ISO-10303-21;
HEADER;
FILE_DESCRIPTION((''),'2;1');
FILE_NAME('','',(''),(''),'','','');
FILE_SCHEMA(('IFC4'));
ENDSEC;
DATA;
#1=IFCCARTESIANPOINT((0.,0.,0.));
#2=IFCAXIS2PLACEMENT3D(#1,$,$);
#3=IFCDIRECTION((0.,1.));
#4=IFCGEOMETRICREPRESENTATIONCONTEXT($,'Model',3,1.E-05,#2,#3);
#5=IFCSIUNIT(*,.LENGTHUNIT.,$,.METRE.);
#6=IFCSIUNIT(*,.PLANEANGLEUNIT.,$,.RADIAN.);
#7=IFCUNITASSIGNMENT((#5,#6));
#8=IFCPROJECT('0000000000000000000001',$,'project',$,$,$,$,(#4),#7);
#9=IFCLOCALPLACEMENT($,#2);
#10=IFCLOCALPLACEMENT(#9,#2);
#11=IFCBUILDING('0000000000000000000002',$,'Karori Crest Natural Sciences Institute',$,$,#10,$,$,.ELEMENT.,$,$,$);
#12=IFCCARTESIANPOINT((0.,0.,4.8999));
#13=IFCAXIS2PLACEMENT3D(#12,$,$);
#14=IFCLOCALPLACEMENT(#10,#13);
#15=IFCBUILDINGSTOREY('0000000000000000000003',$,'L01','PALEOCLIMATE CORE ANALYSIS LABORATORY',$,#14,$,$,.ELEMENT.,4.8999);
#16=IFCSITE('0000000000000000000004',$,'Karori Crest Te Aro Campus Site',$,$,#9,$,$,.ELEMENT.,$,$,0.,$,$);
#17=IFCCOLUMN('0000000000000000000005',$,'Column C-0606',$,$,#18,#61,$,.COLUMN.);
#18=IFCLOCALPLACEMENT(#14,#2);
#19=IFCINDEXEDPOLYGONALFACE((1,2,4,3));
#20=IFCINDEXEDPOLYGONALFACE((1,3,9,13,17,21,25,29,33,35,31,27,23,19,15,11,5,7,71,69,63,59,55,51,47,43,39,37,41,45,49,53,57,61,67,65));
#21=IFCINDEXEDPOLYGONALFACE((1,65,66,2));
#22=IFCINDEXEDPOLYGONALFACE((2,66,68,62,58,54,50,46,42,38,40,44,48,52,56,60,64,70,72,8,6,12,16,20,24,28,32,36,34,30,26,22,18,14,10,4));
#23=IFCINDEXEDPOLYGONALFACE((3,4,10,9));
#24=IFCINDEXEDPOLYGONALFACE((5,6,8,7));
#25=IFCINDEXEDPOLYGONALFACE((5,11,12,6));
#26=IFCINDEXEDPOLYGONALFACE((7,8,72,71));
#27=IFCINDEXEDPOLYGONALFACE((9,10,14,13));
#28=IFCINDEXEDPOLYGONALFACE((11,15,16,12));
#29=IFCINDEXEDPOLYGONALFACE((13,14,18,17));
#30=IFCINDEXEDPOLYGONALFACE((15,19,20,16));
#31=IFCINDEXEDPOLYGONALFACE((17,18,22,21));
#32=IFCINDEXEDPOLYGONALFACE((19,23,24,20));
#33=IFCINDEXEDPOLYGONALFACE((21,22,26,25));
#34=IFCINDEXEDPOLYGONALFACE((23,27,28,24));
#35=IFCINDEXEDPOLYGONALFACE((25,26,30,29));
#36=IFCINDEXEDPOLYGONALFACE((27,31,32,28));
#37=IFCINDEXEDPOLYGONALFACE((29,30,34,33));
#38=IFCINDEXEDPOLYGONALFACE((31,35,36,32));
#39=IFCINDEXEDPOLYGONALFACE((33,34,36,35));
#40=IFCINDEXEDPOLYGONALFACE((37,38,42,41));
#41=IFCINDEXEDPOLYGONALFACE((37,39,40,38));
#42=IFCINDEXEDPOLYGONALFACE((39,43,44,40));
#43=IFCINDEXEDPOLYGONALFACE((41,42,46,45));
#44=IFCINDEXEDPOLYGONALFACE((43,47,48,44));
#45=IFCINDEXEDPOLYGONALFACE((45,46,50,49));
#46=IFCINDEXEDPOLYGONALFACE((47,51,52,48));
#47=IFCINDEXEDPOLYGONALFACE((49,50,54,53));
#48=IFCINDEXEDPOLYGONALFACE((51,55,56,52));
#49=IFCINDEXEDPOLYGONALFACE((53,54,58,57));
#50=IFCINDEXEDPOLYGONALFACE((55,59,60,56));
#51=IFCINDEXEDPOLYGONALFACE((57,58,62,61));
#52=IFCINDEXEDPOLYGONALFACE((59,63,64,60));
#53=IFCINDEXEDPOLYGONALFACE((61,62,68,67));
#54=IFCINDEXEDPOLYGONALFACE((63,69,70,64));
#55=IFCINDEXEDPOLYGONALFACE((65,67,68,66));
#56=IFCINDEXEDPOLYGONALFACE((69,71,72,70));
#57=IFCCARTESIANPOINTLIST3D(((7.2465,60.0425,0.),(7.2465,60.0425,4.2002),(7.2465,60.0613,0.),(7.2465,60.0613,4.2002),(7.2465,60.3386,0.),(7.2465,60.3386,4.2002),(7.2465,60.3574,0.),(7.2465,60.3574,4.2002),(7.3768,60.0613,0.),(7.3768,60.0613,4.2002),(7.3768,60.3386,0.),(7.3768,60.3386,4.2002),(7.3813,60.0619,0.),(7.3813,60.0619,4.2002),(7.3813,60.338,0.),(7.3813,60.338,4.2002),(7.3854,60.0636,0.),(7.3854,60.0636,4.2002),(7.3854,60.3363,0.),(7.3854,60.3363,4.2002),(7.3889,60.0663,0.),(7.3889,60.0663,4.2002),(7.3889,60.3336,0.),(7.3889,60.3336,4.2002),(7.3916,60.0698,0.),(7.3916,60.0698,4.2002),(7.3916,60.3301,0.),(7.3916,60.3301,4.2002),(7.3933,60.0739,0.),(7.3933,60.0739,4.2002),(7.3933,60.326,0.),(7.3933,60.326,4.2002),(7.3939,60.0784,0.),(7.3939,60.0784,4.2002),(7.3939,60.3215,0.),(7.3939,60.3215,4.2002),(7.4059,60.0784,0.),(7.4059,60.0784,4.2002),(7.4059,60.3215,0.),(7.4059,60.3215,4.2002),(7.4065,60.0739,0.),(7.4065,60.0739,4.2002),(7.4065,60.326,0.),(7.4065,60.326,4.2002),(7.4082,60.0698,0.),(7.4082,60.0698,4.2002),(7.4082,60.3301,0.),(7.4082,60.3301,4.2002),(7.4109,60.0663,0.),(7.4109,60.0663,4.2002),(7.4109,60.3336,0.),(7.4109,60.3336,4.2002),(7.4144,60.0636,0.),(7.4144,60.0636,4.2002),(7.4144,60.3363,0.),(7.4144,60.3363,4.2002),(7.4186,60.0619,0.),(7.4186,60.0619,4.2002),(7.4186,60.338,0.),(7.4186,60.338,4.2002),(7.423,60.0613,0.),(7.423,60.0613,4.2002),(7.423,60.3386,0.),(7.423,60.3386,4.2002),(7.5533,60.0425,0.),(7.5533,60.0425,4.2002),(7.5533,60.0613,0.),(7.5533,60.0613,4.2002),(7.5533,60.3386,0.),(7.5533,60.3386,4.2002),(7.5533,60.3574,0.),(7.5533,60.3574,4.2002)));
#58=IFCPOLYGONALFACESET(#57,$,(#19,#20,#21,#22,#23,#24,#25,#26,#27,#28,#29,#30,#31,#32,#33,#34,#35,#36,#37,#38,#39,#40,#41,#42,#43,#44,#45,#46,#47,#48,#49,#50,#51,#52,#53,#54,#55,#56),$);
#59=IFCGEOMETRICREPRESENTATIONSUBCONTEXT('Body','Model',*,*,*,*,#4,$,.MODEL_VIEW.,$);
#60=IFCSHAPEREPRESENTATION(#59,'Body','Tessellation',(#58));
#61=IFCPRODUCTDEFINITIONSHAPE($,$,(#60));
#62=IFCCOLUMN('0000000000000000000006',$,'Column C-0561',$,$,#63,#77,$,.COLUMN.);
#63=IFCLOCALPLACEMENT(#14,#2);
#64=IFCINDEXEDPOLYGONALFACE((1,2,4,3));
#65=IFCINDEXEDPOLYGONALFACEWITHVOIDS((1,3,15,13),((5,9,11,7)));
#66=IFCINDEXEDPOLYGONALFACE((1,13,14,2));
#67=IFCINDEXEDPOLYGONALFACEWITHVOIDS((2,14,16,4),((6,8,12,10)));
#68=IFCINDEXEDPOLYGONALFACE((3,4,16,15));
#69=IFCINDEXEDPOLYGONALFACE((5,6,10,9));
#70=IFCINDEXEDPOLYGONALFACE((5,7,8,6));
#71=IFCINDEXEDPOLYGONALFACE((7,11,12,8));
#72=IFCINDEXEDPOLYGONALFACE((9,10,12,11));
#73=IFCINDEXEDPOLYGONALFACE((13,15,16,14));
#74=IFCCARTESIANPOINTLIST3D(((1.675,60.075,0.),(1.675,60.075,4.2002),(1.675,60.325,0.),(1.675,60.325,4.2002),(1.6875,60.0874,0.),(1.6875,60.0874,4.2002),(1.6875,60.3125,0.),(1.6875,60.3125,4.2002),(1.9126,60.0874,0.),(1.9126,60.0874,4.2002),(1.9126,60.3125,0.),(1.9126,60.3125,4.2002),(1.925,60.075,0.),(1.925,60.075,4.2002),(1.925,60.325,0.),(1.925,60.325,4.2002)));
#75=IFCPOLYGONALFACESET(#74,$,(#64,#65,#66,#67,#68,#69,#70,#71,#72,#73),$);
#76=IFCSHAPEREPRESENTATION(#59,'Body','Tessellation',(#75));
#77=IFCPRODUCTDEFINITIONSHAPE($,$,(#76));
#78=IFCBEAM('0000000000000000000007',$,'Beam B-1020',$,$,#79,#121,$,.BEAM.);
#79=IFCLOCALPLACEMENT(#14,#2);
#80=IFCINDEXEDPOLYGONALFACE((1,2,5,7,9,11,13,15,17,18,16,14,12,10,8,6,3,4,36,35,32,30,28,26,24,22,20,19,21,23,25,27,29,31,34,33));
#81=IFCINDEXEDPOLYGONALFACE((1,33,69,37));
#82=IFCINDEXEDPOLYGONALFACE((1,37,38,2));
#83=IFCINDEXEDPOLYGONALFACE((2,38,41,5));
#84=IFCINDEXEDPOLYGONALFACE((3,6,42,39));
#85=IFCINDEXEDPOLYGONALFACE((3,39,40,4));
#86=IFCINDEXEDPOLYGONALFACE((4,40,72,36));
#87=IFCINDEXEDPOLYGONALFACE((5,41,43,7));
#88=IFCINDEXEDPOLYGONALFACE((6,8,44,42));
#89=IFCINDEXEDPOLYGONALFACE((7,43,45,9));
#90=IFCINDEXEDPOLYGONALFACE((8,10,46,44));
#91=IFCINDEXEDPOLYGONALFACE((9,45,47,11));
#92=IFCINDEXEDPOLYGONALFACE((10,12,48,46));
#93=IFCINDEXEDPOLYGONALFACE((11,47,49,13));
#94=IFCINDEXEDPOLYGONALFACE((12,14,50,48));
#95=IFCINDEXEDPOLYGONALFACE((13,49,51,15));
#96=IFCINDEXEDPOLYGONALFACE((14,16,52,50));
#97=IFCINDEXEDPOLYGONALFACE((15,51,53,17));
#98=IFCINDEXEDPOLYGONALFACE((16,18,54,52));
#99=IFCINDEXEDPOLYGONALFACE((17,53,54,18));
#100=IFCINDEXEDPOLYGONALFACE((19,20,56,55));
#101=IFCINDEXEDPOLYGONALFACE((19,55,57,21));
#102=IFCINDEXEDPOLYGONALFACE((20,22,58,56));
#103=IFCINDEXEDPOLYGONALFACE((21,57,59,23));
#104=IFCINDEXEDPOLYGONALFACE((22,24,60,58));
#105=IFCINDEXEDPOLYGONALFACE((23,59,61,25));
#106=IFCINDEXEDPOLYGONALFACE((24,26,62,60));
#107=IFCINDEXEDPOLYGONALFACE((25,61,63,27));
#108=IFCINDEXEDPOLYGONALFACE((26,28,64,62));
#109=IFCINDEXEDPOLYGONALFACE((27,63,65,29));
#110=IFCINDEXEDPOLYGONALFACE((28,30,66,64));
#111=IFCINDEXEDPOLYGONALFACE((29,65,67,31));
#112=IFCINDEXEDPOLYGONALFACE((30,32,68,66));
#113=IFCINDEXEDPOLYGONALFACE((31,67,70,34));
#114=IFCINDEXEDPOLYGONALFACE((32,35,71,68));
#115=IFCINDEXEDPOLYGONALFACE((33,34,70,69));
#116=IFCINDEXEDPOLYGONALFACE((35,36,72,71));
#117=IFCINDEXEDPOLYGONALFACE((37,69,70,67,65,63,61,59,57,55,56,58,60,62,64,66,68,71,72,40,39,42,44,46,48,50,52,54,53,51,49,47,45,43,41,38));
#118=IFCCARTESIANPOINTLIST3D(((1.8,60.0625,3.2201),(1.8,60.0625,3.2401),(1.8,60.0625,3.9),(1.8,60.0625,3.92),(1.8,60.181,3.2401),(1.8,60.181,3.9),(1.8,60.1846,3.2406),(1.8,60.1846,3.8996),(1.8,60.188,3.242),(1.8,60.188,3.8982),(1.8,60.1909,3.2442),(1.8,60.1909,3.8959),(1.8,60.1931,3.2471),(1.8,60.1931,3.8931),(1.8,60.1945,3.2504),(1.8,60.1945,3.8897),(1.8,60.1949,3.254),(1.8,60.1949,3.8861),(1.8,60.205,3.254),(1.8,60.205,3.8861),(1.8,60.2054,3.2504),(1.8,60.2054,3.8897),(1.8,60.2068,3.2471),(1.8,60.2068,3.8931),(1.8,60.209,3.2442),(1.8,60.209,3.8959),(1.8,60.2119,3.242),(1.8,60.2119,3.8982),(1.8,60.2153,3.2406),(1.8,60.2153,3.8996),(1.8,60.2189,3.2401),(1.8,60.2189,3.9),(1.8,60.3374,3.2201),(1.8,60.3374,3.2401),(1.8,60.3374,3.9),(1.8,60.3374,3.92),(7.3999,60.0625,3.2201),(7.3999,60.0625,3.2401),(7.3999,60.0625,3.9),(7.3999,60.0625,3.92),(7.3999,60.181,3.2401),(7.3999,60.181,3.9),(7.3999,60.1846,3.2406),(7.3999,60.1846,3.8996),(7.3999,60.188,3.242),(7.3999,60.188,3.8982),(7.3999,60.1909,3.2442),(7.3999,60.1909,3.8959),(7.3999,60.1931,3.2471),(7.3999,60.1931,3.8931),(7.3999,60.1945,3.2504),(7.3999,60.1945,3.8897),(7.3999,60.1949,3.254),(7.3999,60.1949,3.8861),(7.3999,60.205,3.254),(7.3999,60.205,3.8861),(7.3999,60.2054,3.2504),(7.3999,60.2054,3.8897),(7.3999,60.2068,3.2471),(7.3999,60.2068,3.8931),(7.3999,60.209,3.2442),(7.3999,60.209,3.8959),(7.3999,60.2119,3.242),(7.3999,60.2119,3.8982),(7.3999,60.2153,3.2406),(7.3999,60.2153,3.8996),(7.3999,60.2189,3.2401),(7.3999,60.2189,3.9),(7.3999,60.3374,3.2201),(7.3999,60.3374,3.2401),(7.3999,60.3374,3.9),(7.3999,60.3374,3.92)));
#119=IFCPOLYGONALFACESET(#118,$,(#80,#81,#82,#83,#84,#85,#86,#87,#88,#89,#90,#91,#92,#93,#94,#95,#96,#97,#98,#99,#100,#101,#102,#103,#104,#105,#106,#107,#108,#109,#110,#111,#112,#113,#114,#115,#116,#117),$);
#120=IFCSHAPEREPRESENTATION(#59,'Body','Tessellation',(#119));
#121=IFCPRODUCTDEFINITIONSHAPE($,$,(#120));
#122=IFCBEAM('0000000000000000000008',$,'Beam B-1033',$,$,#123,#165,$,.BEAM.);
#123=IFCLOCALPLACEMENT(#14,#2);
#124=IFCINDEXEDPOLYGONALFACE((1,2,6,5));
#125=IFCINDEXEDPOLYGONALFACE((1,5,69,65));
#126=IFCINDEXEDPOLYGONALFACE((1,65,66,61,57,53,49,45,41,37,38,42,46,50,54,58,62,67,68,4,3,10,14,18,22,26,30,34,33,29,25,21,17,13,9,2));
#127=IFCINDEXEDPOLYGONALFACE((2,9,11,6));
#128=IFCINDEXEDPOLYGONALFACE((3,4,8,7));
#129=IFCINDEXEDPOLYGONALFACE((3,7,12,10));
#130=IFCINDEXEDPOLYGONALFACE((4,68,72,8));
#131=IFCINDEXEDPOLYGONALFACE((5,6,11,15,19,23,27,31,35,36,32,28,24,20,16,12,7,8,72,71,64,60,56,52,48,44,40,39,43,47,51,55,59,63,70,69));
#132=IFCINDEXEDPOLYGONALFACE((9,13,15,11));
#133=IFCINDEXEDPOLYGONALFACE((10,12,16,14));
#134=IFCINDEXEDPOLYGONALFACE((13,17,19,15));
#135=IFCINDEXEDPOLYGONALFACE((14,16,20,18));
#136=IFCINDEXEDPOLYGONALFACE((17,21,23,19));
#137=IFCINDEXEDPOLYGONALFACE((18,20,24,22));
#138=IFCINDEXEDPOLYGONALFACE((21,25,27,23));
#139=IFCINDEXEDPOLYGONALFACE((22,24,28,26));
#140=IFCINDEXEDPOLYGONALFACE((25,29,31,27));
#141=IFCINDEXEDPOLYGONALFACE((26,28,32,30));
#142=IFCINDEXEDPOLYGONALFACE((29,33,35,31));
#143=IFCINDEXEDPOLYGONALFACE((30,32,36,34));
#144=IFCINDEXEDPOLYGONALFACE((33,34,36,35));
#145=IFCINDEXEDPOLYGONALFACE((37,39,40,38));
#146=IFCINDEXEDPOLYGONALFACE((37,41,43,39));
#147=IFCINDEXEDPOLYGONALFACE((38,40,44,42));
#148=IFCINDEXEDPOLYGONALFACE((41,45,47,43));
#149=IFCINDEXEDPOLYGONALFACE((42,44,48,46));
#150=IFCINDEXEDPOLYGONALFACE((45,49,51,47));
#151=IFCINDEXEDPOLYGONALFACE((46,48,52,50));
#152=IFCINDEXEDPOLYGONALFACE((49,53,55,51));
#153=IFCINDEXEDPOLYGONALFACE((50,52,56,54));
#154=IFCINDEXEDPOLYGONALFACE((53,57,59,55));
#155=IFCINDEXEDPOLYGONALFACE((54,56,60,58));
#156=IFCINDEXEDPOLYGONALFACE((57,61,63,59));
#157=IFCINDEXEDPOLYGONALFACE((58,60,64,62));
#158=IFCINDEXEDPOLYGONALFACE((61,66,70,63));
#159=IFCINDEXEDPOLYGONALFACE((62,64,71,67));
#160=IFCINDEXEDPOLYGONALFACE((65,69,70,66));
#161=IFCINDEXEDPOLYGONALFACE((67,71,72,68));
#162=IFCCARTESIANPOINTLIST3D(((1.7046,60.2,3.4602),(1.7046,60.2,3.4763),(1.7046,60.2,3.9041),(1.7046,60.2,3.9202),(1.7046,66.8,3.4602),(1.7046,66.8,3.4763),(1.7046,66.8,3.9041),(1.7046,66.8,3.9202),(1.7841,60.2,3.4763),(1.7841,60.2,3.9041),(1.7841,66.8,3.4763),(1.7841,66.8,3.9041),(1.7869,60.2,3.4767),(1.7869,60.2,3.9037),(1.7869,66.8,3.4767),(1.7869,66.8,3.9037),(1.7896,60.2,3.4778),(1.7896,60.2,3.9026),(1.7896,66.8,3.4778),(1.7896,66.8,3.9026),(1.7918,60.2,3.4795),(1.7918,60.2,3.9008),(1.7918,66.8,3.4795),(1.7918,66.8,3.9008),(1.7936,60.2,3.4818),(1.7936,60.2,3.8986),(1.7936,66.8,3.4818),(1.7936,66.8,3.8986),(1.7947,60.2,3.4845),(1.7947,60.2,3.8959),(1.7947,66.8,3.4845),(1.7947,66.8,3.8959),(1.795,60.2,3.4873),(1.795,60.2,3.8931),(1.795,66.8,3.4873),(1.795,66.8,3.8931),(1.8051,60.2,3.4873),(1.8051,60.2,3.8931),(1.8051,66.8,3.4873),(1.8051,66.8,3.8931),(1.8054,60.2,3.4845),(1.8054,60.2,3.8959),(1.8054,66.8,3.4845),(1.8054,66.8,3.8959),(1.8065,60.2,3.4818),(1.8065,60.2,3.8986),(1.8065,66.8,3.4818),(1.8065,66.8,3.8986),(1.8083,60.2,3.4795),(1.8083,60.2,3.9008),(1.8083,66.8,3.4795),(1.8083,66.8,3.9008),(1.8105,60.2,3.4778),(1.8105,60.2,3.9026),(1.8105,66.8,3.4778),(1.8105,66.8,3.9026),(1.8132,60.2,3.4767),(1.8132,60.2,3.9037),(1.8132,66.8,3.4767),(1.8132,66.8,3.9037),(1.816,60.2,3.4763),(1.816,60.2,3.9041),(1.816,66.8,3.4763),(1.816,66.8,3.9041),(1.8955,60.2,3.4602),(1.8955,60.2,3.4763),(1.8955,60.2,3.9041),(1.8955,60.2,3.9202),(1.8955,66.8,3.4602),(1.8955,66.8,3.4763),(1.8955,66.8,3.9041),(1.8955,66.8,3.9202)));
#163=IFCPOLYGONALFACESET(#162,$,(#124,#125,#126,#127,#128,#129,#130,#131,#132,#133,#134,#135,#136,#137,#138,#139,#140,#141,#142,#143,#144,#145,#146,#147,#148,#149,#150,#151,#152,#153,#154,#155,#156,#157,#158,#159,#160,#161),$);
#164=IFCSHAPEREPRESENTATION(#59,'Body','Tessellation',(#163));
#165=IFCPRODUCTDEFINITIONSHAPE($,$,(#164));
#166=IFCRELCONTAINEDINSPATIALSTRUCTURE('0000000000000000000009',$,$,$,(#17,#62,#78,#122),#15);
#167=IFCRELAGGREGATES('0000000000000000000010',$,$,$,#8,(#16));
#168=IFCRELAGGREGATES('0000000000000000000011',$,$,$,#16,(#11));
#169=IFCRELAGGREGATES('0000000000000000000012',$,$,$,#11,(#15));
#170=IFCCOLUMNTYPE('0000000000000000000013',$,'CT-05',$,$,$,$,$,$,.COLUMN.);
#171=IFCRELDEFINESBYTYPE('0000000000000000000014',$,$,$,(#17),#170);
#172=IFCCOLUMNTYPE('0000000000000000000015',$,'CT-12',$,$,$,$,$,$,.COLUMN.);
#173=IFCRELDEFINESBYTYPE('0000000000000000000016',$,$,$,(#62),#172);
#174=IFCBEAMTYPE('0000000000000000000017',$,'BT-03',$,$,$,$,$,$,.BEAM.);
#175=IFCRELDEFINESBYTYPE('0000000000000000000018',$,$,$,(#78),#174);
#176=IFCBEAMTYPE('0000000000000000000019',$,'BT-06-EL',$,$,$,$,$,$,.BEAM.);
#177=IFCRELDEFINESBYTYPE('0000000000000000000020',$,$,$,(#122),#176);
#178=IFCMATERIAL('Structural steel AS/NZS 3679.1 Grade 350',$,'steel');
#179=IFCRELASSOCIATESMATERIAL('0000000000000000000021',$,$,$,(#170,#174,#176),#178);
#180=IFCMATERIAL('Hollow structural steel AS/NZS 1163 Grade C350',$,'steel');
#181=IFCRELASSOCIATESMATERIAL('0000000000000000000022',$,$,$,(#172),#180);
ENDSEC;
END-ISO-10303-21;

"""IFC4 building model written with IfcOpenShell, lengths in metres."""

from ifc_helpers import new_model, si_unit, direction, frame, origin, origin_2d, place, context, subcontext, project, spatial, hollow_rectangle, i_section, extrude, material, material_profile, profile_set, type_object, element, save


model = new_model("IFC4")

# Units and contexts
model_context = context("Model", 3, precision=1e-05, world=origin(), true_north=direction((0.0, 1.0)))
body_context = subcontext(model_context, "Body", "Model", "MODEL_VIEW")
ifc_project = project(units=[si_unit("LENGTHUNIT", "METRE"), si_unit("PLANEANGLEUNIT", "RADIAN")], contexts=[model_context])

# Site, building, storey
site_placement = place(None, origin())
site = spatial("IfcSite", under=ifc_project, at=site_placement, Name="Karori Crest Te Aro Campus Site", CompositionType="ELEMENT", RefElevation=0.0)
building_placement = place(site_placement, origin())
building = spatial("IfcBuilding", under=site, at=building_placement, Name="Karori Crest Natural Sciences Institute", CompositionType="ELEMENT")
storey_placement = place(building_placement, frame((0.0, 0.0, 4.8999)))
storey = spatial("IfcBuildingStorey", under=building, at=storey_placement, Name="L01", Description="PALEOCLIMATE CORE ANALYSIS LABORATORY", CompositionType="ELEMENT", Elevation=4.8999)

# Columns
ifc_material_1 = material(Name="Structural steel AS/NZS 3679.1 Grade 350", Category="steel")
ifc_material_profile_1 = material_profile(ifc_material_1, i_section(OverallWidth=0.3069, OverallDepth=0.3149, WebThickness=0.012, FlangeThickness=0.0188, FilletRadius=0.0171, at=origin_2d()), Name="310UC118")
ifc_profile_set_1 = profile_set([ifc_material_profile_1], Name="Structural steel AS/NZS 3679.1 Grade 350")
column_type_1 = type_object("IfcColumnType", Name="CT-05", PredefinedType="COLUMN", material=ifc_profile_set_1)
column_1_placement = place(storey_placement, frame((7.3999, 60.2, 0.0), z_axis=(0.0, 0.0, 1.0), x_axis=(1.0, 0.0, 0.0)))
element("IfcColumn", 1, at=column_1_placement, inside=storey, type_object=column_type_1, Name="Column C-0606", PredefinedType="COLUMN", context=body_context, shape_type="SweptSolid", body=[
    extrude(i_section(OverallWidth=0.3069, OverallDepth=0.3149, WebThickness=0.012, FlangeThickness=0.0188, FilletRadius=0.0171, at=origin_2d()), origin(), (0.0, 0.0, 1.0), 4.2002),
])
ifc_material_2 = material(Name="Hollow structural steel AS/NZS 1163 Grade C350", Category="steel")
ifc_material_profile_2 = material_profile(ifc_material_2, hollow_rectangle(XDim=0.25, YDim=0.25, WallThickness=0.0125, at=origin_2d()), Name="SHS250x250x12.5")
ifc_profile_set_2 = profile_set([ifc_material_profile_2], Name="Hollow structural steel AS/NZS 1163 Grade C350")
column_type_2 = type_object("IfcColumnType", Name="CT-12", PredefinedType="COLUMN", material=ifc_profile_set_2)
column_2_placement = place(storey_placement, frame((1.8, 60.2, 0.0), z_axis=(0.0, 0.0, 1.0), x_axis=(1.0, 0.0, 0.0)))
element("IfcColumn", 2, at=column_2_placement, inside=storey, type_object=column_type_2, Name="Column C-0561", PredefinedType="COLUMN", context=body_context, shape_type="SweptSolid", body=[
    extrude(hollow_rectangle(XDim=0.25, YDim=0.25, WallThickness=0.0125, at=origin_2d()), origin(), (0.0, 0.0, 1.0), 4.2002),
])

# Beams
ifc_material_profile_3 = material_profile(ifc_material_1, i_section(OverallWidth=0.2749, OverallDepth=0.7, WebThickness=0.01, FlangeThickness=0.02, FilletRadius=0.0139, at=origin_2d()), Name="700WB150")
ifc_profile_set_3 = profile_set([ifc_material_profile_3], Name="Structural steel AS/NZS 3679.1 Grade 350")
beam_type_1 = type_object("IfcBeamType", Name="BT-03", PredefinedType="BEAM", material=ifc_profile_set_3)
beam_1_placement = place(storey_placement, frame((1.8, 60.2, 3.5701), z_axis=(1.0, 0.0, 0.0), x_axis=(0.0, 1.0, 0.0)))
element("IfcBeam", 3, at=beam_1_placement, inside=storey, type_object=beam_type_1, Name="Beam B-1020", PredefinedType="BEAM", context=body_context, shape_type="SweptSolid", body=[
    extrude(i_section(OverallWidth=0.2749, OverallDepth=0.7, WebThickness=0.01, FlangeThickness=0.02, FilletRadius=0.0139, at=origin_2d()), origin(), (0.0, 0.0, 1.0), 5.5999),
])
ifc_material_profile_4 = material_profile(ifc_material_1, i_section(OverallWidth=0.1909, OverallDepth=0.46, WebThickness=0.01, FlangeThickness=0.0161, FilletRadius=0.011, at=origin_2d()), Name="460UB82.1")
ifc_profile_set_4 = profile_set([ifc_material_profile_4], Name="Structural steel AS/NZS 3679.1 Grade 350")
beam_type_2 = type_object("IfcBeamType", Name="BT-06-EL", PredefinedType="BEAM", material=ifc_profile_set_4)
beam_2_placement = place(storey_placement, frame((1.8, 60.2, 3.6902), z_axis=(0.0, 1.0, 0.0), x_axis=(-1.0, 0.0, 0.0)))
element("IfcBeam", 4, at=beam_2_placement, inside=storey, type_object=beam_type_2, Name="Beam B-1033", PredefinedType="BEAM", context=body_context, shape_type="SweptSolid", body=[
    extrude(i_section(OverallWidth=0.1909, OverallDepth=0.46, WebThickness=0.01, FlangeThickness=0.0161, FilletRadius=0.011, at=origin_2d()), origin(), (0.0, 0.0, 1.0), 6.6001),
])

save(model, "model.ifc")
